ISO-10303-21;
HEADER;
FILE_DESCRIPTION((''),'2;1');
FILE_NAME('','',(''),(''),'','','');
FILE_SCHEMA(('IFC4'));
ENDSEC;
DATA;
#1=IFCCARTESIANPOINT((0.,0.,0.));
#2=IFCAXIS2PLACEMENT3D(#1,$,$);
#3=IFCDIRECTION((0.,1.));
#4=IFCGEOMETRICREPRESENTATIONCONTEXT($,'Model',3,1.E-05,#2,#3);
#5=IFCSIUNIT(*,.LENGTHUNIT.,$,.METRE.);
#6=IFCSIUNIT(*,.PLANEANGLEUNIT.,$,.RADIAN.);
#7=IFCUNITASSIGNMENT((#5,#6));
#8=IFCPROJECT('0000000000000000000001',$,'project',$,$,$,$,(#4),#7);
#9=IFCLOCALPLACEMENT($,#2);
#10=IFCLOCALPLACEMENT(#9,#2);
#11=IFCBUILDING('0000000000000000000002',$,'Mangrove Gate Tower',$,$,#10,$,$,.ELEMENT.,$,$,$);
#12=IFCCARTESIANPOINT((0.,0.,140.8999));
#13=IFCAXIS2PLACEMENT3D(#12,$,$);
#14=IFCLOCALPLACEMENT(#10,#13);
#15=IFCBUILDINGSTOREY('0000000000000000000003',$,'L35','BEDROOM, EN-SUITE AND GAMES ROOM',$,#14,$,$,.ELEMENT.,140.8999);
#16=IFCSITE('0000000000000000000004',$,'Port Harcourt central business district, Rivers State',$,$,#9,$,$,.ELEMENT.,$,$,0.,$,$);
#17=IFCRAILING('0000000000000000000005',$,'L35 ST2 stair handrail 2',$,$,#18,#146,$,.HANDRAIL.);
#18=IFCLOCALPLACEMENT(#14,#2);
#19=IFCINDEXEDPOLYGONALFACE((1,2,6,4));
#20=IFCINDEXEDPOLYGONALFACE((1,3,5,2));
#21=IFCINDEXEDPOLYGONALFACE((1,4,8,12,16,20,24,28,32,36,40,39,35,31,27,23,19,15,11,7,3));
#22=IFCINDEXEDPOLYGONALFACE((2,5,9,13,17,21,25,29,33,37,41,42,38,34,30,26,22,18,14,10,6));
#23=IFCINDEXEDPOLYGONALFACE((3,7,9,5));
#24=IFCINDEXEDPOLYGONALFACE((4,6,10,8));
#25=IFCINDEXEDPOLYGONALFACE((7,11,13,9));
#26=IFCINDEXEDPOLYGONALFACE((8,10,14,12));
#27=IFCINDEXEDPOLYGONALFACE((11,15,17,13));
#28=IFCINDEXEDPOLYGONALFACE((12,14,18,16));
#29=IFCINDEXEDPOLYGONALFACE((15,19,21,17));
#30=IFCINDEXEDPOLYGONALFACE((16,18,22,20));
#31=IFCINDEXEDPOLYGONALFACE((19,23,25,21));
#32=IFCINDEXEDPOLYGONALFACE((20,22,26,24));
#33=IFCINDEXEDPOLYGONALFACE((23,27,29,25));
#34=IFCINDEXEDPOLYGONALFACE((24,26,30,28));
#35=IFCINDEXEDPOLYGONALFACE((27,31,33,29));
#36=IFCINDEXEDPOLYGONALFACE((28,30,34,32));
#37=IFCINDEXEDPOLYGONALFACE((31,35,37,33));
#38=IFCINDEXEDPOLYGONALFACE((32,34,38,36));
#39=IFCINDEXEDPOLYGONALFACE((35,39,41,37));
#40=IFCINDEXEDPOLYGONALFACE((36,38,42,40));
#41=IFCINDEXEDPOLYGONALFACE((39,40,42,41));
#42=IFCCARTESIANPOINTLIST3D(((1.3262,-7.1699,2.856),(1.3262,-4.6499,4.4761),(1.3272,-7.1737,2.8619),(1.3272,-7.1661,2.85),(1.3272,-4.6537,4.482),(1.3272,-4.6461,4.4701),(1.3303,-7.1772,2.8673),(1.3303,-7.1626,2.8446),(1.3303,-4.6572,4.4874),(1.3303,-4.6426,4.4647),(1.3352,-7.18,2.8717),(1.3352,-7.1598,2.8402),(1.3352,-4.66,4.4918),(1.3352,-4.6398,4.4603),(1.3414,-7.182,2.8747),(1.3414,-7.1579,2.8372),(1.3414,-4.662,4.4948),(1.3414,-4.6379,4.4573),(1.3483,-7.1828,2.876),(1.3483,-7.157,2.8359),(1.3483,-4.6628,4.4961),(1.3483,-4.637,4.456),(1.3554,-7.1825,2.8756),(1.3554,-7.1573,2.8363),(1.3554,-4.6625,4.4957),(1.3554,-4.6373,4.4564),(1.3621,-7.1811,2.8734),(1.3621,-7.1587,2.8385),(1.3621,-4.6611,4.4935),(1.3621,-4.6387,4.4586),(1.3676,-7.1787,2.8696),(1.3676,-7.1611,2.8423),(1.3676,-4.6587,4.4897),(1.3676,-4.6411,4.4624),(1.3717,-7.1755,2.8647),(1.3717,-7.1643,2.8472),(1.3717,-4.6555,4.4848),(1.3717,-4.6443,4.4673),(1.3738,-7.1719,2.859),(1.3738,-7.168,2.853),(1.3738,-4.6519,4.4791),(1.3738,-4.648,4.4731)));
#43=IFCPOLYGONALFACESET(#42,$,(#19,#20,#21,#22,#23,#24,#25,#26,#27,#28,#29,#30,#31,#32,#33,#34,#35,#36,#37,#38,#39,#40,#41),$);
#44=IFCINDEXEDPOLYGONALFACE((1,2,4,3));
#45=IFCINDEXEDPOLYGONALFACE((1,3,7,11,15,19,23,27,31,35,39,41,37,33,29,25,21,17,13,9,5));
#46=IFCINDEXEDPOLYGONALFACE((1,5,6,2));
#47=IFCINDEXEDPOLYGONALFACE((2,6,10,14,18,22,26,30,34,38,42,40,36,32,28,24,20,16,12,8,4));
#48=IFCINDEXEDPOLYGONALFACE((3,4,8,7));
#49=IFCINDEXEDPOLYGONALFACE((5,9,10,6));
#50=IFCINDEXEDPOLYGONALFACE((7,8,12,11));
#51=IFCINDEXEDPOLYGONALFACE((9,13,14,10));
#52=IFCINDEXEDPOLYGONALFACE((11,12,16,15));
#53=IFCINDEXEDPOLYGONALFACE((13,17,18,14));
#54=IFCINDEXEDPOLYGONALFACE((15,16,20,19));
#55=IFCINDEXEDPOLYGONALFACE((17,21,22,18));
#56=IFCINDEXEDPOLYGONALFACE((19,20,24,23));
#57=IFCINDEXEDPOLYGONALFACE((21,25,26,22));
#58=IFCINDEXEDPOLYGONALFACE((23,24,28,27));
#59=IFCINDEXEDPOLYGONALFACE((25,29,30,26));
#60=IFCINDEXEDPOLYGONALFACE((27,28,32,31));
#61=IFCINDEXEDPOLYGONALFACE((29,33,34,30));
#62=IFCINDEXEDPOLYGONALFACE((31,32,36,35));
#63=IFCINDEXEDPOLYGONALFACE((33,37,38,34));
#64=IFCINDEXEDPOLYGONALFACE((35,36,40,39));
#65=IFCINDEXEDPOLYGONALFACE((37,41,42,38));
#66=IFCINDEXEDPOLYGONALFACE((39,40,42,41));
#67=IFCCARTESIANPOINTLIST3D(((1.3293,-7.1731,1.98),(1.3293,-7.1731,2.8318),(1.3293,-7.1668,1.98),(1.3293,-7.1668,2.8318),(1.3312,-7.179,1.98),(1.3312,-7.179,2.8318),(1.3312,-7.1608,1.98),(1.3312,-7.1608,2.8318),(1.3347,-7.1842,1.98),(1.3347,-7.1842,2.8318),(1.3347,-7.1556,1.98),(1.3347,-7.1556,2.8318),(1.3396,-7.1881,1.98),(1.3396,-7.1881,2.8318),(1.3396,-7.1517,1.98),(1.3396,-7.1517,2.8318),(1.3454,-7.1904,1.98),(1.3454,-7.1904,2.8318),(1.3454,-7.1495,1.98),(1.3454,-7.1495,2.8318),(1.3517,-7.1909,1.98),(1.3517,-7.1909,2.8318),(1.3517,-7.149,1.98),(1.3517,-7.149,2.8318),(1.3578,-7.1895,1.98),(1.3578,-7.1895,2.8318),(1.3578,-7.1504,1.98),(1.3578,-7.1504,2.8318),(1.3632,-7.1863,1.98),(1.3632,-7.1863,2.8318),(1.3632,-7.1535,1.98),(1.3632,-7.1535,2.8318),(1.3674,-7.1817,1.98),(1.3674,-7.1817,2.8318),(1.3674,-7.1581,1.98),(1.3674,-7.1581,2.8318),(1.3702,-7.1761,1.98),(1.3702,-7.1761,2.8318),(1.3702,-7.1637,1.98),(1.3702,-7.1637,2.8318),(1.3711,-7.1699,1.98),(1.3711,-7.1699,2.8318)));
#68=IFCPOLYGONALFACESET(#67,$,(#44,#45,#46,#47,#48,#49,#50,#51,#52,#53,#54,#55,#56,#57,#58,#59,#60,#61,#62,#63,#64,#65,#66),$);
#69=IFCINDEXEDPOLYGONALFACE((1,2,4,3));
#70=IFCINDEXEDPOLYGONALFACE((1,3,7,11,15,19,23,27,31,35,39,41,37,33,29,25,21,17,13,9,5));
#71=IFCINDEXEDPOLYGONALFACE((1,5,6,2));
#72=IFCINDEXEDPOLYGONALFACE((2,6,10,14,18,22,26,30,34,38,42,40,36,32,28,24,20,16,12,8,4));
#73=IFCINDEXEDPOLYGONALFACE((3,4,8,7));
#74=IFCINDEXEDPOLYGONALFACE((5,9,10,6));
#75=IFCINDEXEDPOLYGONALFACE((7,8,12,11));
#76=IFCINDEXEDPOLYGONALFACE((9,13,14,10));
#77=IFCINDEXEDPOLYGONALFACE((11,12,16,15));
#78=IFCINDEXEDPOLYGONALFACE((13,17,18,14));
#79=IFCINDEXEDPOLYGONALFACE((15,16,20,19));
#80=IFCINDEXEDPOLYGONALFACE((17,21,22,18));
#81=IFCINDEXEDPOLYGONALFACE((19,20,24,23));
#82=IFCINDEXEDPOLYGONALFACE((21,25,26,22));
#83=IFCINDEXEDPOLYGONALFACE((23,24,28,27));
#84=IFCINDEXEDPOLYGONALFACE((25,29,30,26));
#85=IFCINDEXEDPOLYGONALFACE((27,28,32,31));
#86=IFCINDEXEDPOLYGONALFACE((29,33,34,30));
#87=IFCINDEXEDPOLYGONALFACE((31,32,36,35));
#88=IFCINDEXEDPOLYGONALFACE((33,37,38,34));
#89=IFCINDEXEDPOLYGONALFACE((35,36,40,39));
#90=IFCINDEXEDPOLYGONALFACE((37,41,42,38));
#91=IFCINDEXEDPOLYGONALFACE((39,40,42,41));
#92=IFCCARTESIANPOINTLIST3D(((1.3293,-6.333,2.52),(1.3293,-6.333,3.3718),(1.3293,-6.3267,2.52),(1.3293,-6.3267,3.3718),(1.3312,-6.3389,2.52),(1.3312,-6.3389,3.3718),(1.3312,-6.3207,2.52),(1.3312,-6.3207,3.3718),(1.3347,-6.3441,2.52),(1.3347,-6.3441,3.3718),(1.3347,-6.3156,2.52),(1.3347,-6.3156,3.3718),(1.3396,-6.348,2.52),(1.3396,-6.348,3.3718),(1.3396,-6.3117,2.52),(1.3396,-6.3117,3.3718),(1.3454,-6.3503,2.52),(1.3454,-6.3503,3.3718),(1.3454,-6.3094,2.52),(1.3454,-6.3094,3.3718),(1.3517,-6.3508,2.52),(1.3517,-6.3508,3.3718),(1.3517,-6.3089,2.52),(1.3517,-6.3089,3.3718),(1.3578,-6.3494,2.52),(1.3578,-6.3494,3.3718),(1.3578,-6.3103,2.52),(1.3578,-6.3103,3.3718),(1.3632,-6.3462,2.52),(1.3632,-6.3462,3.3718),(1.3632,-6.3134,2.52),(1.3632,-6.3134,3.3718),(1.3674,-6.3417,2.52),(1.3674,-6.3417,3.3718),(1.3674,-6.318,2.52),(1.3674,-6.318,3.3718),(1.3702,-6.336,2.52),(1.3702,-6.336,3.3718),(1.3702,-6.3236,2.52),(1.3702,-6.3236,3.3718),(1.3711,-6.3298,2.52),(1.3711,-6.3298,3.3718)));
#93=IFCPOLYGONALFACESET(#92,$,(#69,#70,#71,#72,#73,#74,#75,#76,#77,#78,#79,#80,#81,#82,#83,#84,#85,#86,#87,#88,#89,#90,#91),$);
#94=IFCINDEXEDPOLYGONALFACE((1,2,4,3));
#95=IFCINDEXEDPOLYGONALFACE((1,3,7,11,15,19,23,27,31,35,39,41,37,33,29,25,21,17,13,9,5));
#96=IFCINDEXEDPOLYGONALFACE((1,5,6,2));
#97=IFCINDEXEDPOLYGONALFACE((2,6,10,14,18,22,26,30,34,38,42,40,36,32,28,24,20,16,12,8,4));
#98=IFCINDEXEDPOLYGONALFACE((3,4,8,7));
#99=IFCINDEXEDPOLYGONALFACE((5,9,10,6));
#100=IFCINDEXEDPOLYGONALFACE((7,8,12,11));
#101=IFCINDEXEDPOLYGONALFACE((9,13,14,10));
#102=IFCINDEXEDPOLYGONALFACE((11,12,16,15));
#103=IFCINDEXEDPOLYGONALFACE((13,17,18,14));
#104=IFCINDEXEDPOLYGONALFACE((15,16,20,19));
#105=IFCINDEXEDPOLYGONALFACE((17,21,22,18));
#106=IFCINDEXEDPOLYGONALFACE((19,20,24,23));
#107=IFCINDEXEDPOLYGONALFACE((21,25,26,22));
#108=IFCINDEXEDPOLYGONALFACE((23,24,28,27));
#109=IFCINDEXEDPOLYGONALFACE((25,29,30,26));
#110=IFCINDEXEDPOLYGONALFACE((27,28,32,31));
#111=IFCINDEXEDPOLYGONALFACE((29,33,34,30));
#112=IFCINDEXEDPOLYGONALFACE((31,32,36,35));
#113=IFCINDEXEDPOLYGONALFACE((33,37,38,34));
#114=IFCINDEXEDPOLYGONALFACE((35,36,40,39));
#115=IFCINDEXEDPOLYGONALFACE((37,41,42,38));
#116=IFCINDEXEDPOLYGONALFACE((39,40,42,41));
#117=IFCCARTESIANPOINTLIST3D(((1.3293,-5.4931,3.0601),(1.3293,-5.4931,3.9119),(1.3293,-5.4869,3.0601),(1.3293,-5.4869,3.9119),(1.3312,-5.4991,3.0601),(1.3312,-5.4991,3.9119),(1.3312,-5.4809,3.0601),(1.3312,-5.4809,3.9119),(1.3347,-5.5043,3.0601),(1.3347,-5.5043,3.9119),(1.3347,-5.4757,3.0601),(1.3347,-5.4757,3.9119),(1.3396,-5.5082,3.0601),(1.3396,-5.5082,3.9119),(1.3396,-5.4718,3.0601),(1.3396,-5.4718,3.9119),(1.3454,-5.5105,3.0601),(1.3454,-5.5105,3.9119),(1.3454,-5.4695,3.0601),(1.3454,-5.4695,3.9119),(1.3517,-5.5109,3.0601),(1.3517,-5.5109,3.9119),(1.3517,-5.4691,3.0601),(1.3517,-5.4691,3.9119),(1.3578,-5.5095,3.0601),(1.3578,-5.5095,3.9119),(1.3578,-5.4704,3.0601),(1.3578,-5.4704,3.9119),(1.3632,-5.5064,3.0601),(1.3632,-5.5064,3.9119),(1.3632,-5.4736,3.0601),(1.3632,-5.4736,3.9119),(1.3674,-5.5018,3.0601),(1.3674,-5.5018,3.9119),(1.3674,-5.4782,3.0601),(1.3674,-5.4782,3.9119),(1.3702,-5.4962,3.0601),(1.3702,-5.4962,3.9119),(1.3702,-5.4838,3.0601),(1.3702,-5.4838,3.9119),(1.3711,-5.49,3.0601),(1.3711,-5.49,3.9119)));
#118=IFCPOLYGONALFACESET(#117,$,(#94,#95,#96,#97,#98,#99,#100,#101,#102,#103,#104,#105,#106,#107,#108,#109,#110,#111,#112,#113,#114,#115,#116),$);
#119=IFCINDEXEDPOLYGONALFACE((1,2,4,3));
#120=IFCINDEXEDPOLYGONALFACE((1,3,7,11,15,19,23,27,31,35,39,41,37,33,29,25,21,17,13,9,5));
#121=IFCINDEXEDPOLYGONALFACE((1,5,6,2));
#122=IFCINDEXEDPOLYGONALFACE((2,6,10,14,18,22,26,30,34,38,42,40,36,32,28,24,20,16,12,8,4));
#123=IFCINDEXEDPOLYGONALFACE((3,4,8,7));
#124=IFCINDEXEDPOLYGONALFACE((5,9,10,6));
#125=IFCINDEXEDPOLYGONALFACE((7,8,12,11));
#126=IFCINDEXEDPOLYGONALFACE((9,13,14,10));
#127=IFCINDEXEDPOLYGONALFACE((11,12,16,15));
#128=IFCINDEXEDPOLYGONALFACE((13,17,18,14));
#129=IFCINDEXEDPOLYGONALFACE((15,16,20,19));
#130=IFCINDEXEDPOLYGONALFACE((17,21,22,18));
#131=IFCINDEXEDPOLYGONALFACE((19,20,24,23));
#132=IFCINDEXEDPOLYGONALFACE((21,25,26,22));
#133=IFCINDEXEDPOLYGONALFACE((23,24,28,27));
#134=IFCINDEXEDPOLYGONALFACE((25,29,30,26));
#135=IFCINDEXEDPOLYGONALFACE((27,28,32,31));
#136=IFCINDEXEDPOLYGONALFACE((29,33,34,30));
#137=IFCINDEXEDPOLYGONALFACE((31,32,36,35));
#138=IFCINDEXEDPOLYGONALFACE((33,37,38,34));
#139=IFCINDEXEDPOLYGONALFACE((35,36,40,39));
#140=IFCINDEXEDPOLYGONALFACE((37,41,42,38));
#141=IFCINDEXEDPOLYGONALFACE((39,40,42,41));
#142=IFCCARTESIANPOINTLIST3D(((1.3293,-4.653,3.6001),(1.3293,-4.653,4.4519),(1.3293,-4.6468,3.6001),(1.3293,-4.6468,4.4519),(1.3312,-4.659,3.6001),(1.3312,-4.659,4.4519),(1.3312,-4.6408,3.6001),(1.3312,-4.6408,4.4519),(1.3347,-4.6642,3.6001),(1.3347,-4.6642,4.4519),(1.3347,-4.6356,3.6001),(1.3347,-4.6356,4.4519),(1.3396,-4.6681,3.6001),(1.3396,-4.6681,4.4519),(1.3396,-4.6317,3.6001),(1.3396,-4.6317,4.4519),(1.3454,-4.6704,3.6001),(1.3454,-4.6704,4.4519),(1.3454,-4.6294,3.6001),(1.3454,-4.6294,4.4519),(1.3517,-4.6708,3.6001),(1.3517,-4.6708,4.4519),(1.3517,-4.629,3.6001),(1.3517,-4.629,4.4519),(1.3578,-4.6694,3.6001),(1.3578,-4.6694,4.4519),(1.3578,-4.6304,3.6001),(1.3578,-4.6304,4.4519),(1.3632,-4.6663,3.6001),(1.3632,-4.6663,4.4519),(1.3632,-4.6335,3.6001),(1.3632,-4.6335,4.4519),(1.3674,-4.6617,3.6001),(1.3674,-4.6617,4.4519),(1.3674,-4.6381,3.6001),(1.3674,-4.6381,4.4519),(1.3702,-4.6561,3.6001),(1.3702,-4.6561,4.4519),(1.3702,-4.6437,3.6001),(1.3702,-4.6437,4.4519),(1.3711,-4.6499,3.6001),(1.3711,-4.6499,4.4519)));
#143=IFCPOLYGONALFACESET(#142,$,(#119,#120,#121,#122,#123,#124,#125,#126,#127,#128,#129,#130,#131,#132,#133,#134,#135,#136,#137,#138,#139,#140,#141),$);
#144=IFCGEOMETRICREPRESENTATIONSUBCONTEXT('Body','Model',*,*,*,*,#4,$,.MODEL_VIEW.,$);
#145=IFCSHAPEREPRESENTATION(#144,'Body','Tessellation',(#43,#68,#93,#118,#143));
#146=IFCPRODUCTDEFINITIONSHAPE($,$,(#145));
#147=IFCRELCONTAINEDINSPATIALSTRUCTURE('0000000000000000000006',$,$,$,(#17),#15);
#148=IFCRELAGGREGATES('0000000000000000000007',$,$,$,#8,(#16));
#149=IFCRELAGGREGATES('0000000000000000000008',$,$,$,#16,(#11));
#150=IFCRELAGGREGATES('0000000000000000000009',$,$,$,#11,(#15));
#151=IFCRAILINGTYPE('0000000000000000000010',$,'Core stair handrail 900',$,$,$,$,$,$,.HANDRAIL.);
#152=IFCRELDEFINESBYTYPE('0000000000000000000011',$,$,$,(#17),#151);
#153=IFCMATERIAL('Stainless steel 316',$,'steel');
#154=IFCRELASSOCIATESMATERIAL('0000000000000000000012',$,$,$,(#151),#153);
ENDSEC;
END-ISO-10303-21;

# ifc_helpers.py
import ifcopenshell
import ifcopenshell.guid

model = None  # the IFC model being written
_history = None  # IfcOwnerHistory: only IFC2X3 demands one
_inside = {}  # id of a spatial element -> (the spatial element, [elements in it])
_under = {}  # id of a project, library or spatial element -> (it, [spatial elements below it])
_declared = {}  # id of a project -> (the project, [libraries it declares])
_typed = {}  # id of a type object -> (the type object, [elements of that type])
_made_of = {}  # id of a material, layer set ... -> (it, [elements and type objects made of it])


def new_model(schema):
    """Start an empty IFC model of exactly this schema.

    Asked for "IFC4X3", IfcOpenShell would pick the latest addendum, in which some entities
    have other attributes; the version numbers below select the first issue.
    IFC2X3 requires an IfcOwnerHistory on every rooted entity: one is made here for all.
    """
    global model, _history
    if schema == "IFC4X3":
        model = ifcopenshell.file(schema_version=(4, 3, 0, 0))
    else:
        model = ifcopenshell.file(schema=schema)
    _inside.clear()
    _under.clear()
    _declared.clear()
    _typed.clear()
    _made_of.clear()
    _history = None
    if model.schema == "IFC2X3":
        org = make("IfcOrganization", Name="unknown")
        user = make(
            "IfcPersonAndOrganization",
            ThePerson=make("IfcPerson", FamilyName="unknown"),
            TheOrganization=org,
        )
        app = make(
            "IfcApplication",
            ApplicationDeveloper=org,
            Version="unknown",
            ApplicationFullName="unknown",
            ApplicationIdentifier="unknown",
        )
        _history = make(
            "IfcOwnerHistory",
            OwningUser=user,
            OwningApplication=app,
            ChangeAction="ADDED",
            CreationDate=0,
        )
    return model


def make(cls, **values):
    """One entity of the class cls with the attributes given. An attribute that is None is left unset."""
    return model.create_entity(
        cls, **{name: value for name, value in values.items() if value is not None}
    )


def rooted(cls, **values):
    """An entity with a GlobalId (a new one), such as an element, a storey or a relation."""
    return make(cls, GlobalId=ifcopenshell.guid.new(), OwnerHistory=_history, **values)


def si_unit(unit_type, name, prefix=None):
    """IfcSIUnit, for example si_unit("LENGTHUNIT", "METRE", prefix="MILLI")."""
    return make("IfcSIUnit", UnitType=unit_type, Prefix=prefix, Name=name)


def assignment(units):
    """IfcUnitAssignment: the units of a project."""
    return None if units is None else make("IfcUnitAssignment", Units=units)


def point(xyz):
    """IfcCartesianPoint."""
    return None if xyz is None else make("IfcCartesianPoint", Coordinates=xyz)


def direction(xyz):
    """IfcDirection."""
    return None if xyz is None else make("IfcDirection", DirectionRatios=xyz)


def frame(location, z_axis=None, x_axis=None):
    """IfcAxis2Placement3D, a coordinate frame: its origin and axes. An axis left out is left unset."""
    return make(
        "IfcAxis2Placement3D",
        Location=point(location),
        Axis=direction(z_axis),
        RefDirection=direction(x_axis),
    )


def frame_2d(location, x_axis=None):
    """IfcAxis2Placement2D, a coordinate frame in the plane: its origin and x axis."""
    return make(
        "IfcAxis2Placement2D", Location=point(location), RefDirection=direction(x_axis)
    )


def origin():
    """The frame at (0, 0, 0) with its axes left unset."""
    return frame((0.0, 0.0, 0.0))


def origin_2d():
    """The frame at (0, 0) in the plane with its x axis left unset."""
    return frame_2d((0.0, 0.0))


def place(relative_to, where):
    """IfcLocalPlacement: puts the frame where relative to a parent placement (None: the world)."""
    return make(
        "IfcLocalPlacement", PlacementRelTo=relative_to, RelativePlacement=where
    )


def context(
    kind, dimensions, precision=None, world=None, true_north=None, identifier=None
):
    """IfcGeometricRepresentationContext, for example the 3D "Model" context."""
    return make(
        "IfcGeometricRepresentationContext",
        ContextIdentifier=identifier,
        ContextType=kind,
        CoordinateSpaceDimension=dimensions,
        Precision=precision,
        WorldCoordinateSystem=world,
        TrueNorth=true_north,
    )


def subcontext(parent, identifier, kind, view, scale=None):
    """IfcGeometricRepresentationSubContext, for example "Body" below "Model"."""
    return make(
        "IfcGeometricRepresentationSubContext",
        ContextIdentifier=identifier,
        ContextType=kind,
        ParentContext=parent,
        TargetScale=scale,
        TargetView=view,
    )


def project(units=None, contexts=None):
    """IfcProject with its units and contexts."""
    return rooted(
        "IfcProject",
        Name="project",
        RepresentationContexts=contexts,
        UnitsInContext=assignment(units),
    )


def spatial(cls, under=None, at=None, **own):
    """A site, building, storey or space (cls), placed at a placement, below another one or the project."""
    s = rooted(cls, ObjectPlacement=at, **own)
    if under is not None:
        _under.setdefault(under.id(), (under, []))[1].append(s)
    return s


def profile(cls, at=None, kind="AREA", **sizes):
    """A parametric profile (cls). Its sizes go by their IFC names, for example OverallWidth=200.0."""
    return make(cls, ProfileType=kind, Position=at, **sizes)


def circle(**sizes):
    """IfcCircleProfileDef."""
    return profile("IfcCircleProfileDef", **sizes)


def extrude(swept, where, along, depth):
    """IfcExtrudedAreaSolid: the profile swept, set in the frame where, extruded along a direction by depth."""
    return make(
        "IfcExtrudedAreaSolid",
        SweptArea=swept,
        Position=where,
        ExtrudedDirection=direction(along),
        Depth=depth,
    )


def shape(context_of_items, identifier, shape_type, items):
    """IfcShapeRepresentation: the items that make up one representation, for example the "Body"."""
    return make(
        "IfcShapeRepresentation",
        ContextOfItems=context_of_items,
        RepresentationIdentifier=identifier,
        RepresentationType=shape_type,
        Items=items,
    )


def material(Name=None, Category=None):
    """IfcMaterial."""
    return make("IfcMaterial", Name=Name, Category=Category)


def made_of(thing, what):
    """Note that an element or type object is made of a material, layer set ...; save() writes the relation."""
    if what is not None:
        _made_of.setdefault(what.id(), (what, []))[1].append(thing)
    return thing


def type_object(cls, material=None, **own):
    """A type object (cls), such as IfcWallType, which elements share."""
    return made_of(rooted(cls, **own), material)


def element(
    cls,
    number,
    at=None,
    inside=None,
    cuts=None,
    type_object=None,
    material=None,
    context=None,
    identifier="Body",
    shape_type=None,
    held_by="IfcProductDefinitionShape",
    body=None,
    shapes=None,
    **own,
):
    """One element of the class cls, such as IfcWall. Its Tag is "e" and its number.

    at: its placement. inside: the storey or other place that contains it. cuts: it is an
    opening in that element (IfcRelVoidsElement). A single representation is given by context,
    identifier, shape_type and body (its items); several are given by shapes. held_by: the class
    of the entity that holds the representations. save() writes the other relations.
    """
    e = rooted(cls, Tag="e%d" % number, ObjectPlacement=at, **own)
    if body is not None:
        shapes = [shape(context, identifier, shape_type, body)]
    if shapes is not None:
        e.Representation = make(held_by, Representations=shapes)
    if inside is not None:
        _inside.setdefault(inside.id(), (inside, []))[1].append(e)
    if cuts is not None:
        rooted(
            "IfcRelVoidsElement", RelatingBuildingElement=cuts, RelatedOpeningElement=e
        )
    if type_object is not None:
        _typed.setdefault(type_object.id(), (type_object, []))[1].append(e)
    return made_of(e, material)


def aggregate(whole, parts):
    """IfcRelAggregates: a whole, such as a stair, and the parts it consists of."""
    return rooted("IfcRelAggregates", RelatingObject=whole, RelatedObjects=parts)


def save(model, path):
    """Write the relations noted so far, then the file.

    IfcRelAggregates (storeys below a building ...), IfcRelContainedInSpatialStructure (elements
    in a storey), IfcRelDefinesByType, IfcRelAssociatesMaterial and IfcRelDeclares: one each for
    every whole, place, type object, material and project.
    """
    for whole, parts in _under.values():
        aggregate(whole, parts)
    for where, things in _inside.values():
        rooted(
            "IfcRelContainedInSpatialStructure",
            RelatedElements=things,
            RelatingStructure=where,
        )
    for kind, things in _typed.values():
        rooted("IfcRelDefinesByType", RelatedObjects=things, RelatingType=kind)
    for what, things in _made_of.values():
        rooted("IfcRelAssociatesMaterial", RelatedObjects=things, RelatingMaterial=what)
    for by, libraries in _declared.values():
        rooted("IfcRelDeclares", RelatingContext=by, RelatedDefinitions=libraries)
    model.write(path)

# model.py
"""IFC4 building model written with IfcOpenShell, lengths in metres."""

from ifc_helpers import new_model, si_unit, direction, frame, origin, origin_2d, place, context, subcontext, project, spatial, circle, extrude, material, type_object, element, save


model = new_model("IFC4")

# Units and contexts
model_context = context("Model", 3, precision=1e-05, world=origin(), true_north=direction((0.0, 1.0)))
body_context = subcontext(model_context, "Body", "Model", "MODEL_VIEW")
ifc_project = project(units=[si_unit("LENGTHUNIT", "METRE"), si_unit("PLANEANGLEUNIT", "RADIAN")], contexts=[model_context])

# Site, building, storey
site_placement = place(None, origin())
site = spatial("IfcSite", under=ifc_project, at=site_placement, Name="Port Harcourt central business district, Rivers State", CompositionType="ELEMENT", RefElevation=0.0)
building_placement = place(site_placement, origin())
building = spatial("IfcBuilding", under=site, at=building_placement, Name="Mangrove Gate Tower", CompositionType="ELEMENT")
storey_placement = place(building_placement, frame((0.0, 0.0, 140.8999)))
storey = spatial("IfcBuildingStorey", under=building, at=storey_placement, Name="L35", Description="BEDROOM, EN-SUITE AND GAMES ROOM", CompositionType="ELEMENT", Elevation=140.8999)

# Railing
ifc_material_1 = material(Name="Stainless steel 316", Category="steel")
railing_type_1 = type_object("IfcRailingType", Name="Core stair handrail 900", PredefinedType="HANDRAIL", material=ifc_material_1)
railing_1_placement = place(storey_placement, frame((1.3501, -7.1699, 1.98)))
element("IfcRailing", 1, at=railing_1_placement, inside=storey, type_object=railing_type_1, Name="L35 ST2 stair handrail 2", PredefinedType="HANDRAIL", context=body_context, shape_type="SweptSolid", body=[
    extrude(circle(Radius=0.0239, at=origin_2d()), frame((0.0, 0.0, 0.876), z_axis=(0.0, 0.841163, 0.540782), x_axis=(-1.0, 0.0, 0.0)), (0.0, 0.0, 1.0), 2.9958),
    extrude(circle(Radius=0.021, at=origin_2d()), origin(), (0.0, 0.0, 1.0), 0.8518),
    extrude(circle(Radius=0.021, at=origin_2d()), frame((0.0, 0.8401, 0.54)), (0.0, 0.0, 1.0), 0.8518),
    extrude(circle(Radius=0.021, at=origin_2d()), frame((0.0, 1.6799, 1.0801)), (0.0, 0.0, 1.0), 0.8518),
    extrude(circle(Radius=0.021, at=origin_2d()), frame((0.0, 2.52, 1.6201)), (0.0, 0.0, 1.0), 0.8518),
])

save(model, "model.ifc")
